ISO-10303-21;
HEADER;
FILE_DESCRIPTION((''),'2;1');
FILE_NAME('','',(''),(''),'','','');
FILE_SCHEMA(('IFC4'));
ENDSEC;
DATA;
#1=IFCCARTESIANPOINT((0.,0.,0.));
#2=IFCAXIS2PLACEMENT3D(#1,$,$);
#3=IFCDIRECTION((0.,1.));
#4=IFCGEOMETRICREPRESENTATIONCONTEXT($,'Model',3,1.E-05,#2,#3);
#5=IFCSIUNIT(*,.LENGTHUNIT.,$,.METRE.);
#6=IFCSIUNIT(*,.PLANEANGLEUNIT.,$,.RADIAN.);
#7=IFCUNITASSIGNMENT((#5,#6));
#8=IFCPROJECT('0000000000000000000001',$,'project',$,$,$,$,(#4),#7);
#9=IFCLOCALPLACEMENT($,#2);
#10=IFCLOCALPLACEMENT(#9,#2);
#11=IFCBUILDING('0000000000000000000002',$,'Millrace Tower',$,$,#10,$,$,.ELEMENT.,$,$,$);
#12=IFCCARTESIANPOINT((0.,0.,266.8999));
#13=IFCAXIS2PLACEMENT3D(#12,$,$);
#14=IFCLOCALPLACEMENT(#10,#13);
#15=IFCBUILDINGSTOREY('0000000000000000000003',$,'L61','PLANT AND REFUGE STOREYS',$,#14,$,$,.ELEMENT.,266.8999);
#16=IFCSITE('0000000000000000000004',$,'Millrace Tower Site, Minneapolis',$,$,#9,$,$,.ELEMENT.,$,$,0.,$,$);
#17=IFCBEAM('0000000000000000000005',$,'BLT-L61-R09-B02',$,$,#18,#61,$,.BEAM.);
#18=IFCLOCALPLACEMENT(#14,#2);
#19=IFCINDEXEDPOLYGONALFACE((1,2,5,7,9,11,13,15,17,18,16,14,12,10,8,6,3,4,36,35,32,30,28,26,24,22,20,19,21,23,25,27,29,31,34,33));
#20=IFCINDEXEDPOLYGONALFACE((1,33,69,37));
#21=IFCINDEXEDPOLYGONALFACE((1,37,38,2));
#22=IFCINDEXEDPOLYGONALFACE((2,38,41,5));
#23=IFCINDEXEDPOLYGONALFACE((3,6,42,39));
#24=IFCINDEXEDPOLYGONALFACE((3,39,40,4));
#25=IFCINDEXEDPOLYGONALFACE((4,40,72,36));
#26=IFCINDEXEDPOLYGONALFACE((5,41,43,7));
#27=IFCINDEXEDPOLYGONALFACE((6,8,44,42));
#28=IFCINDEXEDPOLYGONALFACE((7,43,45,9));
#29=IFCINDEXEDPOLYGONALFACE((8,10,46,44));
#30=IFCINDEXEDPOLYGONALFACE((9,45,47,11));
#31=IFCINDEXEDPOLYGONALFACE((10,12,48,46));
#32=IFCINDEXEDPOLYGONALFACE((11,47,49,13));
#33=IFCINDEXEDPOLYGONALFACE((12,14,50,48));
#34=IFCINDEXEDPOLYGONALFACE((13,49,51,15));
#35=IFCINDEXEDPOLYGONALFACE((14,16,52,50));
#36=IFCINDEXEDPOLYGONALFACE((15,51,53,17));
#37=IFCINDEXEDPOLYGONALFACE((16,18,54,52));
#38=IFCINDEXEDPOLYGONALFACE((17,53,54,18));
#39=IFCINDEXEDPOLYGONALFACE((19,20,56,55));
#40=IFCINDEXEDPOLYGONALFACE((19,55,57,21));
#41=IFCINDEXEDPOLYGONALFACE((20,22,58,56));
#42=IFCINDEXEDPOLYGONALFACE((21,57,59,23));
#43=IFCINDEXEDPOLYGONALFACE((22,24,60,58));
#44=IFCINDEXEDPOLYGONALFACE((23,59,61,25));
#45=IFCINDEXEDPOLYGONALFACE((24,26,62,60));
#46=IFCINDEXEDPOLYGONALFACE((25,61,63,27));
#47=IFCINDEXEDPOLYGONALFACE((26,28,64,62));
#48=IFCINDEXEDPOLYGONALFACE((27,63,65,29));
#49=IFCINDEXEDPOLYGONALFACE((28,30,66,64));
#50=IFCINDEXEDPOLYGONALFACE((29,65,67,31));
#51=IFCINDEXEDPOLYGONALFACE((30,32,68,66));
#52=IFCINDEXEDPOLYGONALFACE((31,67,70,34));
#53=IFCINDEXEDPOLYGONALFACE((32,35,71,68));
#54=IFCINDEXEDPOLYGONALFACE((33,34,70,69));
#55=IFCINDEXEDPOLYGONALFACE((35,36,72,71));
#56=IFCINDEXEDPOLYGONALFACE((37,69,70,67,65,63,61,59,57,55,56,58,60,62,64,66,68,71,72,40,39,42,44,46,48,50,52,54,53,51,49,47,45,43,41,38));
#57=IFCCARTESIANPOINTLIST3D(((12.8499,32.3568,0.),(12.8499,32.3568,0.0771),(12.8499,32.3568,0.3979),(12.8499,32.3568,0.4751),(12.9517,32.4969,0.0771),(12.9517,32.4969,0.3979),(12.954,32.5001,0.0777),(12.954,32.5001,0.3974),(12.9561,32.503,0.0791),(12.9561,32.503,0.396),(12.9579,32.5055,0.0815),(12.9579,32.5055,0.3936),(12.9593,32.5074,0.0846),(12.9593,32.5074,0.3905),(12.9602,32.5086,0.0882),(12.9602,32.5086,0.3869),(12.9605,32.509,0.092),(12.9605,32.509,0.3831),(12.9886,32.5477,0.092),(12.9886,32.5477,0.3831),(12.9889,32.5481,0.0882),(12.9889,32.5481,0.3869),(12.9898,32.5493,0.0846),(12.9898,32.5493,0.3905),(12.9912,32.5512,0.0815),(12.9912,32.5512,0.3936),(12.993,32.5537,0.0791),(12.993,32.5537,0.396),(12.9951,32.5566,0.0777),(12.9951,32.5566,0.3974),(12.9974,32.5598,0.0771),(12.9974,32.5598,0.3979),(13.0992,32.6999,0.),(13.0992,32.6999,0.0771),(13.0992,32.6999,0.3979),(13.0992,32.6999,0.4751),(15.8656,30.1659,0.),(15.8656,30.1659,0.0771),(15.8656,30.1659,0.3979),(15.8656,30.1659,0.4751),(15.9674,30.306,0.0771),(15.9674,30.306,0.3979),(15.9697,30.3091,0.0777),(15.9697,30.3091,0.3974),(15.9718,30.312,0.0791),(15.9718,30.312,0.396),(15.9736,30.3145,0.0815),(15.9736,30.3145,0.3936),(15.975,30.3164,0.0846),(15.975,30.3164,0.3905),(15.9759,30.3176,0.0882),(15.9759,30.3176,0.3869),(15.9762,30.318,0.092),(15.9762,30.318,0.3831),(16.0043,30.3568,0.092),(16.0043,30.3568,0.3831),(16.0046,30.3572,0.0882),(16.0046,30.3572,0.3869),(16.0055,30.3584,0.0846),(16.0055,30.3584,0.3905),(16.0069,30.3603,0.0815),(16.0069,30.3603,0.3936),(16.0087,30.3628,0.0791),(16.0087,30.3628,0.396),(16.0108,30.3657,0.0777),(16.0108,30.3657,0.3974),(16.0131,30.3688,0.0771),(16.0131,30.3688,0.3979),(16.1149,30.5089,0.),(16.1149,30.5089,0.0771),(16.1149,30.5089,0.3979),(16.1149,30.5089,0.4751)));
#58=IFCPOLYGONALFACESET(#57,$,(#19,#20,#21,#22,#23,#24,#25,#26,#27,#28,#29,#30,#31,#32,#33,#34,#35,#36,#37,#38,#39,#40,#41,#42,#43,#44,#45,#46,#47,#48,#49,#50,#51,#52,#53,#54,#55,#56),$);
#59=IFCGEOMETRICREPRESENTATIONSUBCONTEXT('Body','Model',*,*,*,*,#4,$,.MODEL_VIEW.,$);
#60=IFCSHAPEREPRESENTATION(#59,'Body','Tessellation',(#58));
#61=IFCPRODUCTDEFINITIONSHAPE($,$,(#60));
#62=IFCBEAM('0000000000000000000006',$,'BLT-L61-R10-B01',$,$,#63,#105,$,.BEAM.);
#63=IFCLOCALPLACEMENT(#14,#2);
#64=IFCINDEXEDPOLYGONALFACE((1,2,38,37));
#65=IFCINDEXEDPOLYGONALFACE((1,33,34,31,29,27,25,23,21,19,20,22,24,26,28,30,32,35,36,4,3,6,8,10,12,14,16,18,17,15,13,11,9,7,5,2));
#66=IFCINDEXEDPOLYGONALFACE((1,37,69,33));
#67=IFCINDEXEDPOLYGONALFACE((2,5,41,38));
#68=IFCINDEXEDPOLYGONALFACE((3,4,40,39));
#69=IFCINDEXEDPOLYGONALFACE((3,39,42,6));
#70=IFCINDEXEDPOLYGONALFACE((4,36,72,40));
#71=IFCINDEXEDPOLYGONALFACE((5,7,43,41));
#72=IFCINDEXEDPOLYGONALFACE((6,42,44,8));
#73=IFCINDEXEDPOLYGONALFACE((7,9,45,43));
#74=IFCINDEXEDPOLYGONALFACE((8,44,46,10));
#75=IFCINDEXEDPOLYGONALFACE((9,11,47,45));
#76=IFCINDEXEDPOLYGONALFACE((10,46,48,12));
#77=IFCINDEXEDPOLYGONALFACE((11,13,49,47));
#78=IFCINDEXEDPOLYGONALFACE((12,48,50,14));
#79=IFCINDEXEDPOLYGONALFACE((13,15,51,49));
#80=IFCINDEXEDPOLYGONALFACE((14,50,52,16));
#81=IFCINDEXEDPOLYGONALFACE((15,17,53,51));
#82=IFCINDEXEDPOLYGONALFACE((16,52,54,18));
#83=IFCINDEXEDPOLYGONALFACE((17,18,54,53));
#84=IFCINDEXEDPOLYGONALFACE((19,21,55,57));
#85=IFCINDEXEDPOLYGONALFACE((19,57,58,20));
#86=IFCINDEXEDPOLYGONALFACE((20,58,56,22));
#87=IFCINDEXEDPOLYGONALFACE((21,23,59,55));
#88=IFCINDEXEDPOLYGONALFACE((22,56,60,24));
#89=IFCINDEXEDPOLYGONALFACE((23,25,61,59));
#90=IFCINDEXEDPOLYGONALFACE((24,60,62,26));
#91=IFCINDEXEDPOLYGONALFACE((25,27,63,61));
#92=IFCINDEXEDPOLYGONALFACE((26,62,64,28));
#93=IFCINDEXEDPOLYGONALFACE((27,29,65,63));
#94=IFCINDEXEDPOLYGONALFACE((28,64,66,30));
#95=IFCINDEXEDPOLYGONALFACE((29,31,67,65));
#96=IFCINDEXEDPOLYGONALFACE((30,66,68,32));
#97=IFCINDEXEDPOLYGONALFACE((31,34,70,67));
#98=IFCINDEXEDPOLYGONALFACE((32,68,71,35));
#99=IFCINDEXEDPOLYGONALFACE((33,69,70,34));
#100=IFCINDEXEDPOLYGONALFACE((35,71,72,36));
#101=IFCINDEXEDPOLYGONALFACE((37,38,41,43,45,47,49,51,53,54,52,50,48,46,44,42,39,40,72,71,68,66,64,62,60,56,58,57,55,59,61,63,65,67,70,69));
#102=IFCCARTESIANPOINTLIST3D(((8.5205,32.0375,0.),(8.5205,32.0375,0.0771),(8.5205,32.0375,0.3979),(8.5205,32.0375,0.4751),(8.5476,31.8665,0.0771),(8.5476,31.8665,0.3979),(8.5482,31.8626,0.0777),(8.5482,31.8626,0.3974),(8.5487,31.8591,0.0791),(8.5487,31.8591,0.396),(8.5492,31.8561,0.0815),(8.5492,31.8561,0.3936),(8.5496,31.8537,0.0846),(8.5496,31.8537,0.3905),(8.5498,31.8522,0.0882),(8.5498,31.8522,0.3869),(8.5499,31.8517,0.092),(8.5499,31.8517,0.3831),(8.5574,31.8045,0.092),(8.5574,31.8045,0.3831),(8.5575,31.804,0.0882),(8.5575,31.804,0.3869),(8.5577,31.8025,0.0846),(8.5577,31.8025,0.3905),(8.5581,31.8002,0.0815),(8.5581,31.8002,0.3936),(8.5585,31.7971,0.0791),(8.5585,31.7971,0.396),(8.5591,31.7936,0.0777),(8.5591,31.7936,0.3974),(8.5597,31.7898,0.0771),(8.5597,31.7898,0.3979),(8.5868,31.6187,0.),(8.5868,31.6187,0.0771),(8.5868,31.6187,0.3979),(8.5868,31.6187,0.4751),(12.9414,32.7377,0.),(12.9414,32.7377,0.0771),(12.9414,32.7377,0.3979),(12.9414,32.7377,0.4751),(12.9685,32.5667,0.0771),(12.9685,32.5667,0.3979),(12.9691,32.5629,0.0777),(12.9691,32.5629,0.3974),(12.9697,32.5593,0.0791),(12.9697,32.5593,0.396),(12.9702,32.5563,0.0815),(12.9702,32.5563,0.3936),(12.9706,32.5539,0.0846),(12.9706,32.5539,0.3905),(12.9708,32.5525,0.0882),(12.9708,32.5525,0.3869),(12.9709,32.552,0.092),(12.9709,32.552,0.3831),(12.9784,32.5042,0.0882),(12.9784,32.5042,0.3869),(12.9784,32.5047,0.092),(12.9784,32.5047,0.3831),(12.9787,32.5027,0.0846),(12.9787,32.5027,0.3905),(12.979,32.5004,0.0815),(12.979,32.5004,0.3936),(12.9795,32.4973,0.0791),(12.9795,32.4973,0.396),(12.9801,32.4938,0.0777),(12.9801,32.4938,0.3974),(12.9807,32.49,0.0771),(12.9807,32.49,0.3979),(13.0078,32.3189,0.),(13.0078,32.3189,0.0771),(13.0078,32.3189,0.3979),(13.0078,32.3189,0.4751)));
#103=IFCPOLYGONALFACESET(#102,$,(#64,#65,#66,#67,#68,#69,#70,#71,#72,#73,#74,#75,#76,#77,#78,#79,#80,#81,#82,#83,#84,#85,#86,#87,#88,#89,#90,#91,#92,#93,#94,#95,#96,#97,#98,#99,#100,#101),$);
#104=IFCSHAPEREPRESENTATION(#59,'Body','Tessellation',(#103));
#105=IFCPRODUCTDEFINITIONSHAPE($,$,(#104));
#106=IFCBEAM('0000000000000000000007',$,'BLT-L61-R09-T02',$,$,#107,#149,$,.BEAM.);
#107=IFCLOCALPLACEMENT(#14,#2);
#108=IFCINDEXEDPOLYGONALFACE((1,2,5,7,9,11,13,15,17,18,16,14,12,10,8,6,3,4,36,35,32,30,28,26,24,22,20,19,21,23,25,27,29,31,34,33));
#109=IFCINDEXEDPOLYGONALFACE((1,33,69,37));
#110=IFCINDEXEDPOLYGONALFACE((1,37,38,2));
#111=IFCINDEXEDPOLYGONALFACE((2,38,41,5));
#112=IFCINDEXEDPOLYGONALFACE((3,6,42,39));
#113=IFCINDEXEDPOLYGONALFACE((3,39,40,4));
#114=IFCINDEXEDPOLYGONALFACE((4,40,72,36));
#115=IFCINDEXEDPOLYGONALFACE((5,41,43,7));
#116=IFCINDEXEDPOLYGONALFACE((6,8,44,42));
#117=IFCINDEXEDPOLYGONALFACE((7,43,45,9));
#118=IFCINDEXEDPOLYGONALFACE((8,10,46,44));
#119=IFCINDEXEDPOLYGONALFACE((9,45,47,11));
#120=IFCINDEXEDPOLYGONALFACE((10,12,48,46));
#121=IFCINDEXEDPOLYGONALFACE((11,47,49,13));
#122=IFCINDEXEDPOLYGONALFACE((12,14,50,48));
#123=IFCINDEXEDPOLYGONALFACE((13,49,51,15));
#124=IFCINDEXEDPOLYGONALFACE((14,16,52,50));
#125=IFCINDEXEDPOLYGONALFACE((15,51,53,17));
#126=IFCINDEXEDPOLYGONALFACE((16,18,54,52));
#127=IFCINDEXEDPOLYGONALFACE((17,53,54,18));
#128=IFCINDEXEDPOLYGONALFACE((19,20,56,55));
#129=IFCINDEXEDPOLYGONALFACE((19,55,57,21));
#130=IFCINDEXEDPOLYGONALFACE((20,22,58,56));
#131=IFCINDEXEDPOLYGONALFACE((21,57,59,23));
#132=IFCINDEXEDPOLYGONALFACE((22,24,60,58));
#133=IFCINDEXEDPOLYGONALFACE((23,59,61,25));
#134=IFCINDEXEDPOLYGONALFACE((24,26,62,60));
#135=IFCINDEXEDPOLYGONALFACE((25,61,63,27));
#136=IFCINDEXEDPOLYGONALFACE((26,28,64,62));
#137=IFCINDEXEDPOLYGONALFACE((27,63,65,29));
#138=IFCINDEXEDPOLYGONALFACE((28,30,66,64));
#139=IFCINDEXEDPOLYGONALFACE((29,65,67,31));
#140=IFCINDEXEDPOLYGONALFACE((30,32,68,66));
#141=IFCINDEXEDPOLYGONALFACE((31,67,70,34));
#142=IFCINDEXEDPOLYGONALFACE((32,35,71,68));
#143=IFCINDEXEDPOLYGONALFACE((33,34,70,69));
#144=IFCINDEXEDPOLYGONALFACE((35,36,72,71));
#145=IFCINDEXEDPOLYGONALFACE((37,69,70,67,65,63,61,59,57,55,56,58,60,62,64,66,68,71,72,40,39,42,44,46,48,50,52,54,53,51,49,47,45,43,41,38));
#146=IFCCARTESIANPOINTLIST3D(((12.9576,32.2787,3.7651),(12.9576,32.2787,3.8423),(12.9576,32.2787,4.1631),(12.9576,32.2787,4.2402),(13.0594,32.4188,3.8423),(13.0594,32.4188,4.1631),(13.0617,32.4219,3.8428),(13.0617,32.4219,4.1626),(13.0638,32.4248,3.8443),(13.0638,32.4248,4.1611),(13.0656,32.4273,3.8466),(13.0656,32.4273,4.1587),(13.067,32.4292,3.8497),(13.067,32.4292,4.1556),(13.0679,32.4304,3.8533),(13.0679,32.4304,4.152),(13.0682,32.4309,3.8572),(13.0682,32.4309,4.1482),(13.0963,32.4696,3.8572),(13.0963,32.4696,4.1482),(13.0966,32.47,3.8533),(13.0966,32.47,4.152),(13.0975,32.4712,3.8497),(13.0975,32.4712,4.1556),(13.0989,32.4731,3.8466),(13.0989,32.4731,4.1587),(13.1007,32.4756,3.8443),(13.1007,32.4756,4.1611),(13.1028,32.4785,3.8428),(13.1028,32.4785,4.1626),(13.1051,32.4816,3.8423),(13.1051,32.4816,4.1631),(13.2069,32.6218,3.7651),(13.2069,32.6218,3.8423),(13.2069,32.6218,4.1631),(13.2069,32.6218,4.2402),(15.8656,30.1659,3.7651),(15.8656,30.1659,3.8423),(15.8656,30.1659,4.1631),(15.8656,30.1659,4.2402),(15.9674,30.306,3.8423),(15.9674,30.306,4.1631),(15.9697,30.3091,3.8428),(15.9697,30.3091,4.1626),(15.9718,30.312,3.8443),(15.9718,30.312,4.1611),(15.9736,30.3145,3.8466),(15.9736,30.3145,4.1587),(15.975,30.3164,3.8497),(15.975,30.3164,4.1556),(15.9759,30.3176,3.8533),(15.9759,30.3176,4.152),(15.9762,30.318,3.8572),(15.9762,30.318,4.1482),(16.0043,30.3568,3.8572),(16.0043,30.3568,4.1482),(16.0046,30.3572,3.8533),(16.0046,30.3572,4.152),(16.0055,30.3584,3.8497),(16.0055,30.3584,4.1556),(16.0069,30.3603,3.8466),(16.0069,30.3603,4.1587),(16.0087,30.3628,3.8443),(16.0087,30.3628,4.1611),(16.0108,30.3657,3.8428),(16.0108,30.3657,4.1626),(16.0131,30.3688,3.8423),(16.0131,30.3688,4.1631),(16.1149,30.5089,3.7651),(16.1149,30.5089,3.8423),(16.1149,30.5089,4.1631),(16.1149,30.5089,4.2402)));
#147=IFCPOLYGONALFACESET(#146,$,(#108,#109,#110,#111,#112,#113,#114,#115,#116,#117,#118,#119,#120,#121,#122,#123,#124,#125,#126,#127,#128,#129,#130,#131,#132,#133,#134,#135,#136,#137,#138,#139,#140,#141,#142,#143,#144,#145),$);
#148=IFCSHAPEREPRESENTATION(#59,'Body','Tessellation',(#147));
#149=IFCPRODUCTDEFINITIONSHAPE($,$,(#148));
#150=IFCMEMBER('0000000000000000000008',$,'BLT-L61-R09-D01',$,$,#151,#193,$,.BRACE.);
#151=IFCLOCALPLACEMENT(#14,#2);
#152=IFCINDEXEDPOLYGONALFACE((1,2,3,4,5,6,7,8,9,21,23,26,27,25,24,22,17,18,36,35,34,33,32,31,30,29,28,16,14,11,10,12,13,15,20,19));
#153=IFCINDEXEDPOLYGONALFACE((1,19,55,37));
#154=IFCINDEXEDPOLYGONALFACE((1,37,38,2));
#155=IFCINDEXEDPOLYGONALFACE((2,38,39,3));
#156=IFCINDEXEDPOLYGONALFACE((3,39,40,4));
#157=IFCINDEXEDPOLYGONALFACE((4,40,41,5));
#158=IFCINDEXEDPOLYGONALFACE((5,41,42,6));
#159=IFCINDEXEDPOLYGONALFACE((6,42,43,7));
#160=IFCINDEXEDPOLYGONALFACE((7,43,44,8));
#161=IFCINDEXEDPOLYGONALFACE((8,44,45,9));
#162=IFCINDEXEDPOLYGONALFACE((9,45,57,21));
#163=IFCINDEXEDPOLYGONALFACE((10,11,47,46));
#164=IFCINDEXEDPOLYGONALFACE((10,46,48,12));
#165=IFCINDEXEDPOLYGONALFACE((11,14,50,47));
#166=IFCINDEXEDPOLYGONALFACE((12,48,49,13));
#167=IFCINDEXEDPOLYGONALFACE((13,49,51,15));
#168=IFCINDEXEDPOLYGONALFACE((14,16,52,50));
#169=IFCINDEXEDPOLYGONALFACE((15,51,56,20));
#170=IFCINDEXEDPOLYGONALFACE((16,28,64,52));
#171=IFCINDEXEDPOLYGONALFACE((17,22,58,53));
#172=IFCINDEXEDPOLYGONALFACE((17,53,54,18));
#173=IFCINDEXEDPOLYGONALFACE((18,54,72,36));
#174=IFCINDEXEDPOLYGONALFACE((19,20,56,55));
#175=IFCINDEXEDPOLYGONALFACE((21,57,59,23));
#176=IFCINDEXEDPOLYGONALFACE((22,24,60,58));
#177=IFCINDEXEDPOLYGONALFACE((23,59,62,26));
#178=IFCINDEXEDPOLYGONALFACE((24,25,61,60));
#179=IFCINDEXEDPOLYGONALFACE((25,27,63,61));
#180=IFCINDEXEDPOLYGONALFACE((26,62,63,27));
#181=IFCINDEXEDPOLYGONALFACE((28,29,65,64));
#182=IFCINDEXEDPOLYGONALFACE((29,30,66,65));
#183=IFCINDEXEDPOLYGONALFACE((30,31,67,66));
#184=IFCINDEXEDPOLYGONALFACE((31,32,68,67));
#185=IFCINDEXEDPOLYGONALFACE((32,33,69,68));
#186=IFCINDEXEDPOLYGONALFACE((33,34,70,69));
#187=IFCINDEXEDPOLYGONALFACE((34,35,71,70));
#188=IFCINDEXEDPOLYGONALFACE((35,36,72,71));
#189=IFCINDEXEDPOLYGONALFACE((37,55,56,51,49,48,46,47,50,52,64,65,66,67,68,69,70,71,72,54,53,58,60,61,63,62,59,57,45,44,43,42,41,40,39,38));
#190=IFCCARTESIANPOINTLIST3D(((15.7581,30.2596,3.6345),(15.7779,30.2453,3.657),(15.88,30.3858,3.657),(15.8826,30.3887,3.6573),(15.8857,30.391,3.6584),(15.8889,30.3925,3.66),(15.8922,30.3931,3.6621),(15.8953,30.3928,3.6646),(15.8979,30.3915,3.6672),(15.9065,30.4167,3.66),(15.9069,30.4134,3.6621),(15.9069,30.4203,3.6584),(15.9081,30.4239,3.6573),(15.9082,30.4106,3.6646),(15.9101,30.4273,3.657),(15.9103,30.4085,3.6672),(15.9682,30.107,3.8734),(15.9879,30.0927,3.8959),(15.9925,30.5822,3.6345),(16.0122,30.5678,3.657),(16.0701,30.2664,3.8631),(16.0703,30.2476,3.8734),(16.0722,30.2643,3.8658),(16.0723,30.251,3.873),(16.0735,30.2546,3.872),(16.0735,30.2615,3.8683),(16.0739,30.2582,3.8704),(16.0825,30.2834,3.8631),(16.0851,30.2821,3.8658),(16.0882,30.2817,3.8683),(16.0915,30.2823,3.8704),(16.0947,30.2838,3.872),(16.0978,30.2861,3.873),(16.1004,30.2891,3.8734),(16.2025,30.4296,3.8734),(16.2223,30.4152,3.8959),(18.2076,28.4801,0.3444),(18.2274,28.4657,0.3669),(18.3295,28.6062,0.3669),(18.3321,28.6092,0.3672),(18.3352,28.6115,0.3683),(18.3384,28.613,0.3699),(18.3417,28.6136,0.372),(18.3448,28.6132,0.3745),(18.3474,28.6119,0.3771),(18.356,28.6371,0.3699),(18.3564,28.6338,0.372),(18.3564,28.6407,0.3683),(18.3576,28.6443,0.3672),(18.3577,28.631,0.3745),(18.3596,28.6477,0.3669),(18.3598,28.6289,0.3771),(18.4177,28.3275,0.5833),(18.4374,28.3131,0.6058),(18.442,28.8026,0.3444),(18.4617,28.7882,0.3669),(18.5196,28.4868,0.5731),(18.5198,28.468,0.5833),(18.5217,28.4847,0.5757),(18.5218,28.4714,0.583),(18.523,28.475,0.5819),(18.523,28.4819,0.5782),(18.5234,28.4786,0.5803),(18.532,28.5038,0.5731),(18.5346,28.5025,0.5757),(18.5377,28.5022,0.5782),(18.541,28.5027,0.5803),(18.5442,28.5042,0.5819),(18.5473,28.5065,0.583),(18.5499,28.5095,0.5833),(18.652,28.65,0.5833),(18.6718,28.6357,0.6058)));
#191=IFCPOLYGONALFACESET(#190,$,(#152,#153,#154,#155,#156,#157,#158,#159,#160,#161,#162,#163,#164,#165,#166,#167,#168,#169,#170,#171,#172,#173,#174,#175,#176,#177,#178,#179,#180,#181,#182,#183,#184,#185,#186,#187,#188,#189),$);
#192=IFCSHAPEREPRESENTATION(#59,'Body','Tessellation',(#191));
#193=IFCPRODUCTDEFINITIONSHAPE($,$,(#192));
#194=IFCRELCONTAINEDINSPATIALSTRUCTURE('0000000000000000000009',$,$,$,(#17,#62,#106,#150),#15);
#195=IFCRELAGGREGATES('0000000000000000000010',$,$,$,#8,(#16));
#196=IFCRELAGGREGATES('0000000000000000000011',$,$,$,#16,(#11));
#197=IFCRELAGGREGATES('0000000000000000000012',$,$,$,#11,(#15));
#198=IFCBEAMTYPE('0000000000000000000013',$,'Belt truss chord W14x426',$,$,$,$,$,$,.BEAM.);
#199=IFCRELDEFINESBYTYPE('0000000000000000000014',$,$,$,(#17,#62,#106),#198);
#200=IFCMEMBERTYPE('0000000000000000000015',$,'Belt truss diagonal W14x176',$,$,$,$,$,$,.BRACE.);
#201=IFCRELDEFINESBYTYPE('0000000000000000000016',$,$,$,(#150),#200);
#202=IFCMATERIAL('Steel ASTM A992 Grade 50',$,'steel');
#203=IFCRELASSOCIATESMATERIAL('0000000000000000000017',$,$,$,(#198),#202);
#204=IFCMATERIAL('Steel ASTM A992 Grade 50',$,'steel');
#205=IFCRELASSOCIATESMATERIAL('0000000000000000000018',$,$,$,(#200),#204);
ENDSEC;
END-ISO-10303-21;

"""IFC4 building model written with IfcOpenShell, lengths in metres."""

from ifc_helpers import new_model, si_unit, direction, frame, origin, origin_2d, place, context, subcontext, project, spatial, i_section, extrude, material, material_profile, profile_set, type_object, element, save


model = new_model("IFC4")

# Units and contexts
model_context = context("Model", 3, precision=1e-05, world=origin(), true_north=direction((0.0, 1.0)))
body_context = subcontext(model_context, "Body", "Model", "MODEL_VIEW")
ifc_project = project(units=[si_unit("LENGTHUNIT", "METRE"), si_unit("PLANEANGLEUNIT", "RADIAN")], contexts=[model_context])

# Site, building, storey
site_placement = place(None, origin())
site = spatial("IfcSite", under=ifc_project, at=site_placement, Name="Millrace Tower Site, Minneapolis", CompositionType="ELEMENT", RefElevation=0.0)
building_placement = place(site_placement, origin())
building = spatial("IfcBuilding", under=site, at=building_placement, Name="Millrace Tower", CompositionType="ELEMENT")
storey_placement = place(building_placement, frame((0.0, 0.0, 266.8999)))
storey = spatial("IfcBuildingStorey", under=building, at=storey_placement, Name="L61", Description="PLANT AND REFUGE STOREYS", CompositionType="ELEMENT", Elevation=266.8999)

# Beams
ifc_material_1 = material(Name="Steel ASTM A992 Grade 50", Category="steel")
ifc_material_profile_1 = material_profile(ifc_material_1, i_section(OverallWidth=0.4241, OverallDepth=0.4751, WebThickness=0.0479, FlangeThickness=0.0771, FilletRadius=0.0149, at=origin_2d()))
ifc_profile_set_1 = profile_set([ifc_material_profile_1], Name="Steel ASTM A992 Grade 50")
beam_type_1 = type_object("IfcBeamType", Name="Belt truss chord W14x426", PredefinedType="BEAM", material=ifc_profile_set_1)
beam_1_placement = place(storey_placement, frame((15.9902, 30.3374, 0.2375), z_axis=(-0.809025, 0.587774, 0.0), x_axis=(-0.587774, -0.809025, 0.0)))
element("IfcBeam", 1, at=beam_1_placement, inside=storey, type_object=beam_type_1, Name="BLT-L61-R09-B02", PredefinedType="BEAM", context=body_context, shape_type="SweptSolid", body=[
    extrude(i_section(OverallWidth=0.4241, OverallDepth=0.4751, WebThickness=0.0479, FlangeThickness=0.0771, FilletRadius=0.0149, at=origin_2d()), origin(), (0.0, 0.0, 1.0), 3.7275),
])
beam_2_placement = place(storey_placement, frame((12.9746, 32.5283, 0.2375), z_axis=(-0.987689, -0.156433, 0.0), x_axis=(0.156433, -0.987689, 0.0)))
element("IfcBeam", 2, at=beam_2_placement, inside=storey, type_object=beam_type_1, Name="BLT-L61-R10-B01", PredefinedType="BEAM", context=body_context, shape_type="SweptSolid", body=[
    extrude(i_section(OverallWidth=0.4241, OverallDepth=0.4751, WebThickness=0.0479, FlangeThickness=0.0771, FilletRadius=0.0149, at=origin_2d()), origin(), (0.0, 0.0, 1.0), 4.4761),
])
beam_3_placement = place(storey_placement, frame((15.9902, 30.3374, 4.0027), z_axis=(-0.809012, 0.587792, 0.0), x_axis=(-0.587792, -0.809012, 0.0)))
element("IfcBeam", 3, at=beam_3_placement, inside=storey, type_object=beam_type_1, Name="BLT-L61-R09-T02", PredefinedType="BEAM", context=body_context, shape_type="SweptSolid", body=[
    extrude(i_section(OverallWidth=0.4241, OverallDepth=0.4751, WebThickness=0.0479, FlangeThickness=0.0771, FilletRadius=0.0149, at=origin_2d()), origin(), (0.0, 0.0, 1.0), 3.5945),
])

# Member
ifc_material_2 = material(Name="Steel ASTM A992 Grade 50", Category="steel")
ifc_material_profile_2 = material_profile(ifc_material_2, i_section(OverallWidth=0.3987, OverallDepth=0.386, WebThickness=0.021, FlangeThickness=0.0332, FilletRadius=0.0151, at=origin_2d()))
ifc_profile_set_2 = profile_set([ifc_material_profile_2], Name="Steel ASTM A992 Grade 50")
member_type_1 = type_object("IfcMemberType", Name="Belt truss diagonal W14x176", PredefinedType="BRACE", material=ifc_profile_set_2)
member_1_placement = place(storey_placement, frame((18.4397, 28.5579, 0.4751), z_axis=(-0.54784, 0.398007, 0.735841), x_axis=(-0.587764, -0.809032, 0.0)))
element("IfcMember", 4, at=member_1_placement, inside=storey, type_object=member_type_1, Name="BLT-L61-R09-D01", PredefinedType="BRACE", context=body_context, shape_type="SweptSolid", body=[
    extrude(i_section(OverallWidth=0.3987, OverallDepth=0.386, WebThickness=0.021, FlangeThickness=0.0332, FilletRadius=0.0151, at=origin_2d()), origin(), (0.0, 0.0, 1.0), 4.4712),
])

save(model, "model.ifc")
